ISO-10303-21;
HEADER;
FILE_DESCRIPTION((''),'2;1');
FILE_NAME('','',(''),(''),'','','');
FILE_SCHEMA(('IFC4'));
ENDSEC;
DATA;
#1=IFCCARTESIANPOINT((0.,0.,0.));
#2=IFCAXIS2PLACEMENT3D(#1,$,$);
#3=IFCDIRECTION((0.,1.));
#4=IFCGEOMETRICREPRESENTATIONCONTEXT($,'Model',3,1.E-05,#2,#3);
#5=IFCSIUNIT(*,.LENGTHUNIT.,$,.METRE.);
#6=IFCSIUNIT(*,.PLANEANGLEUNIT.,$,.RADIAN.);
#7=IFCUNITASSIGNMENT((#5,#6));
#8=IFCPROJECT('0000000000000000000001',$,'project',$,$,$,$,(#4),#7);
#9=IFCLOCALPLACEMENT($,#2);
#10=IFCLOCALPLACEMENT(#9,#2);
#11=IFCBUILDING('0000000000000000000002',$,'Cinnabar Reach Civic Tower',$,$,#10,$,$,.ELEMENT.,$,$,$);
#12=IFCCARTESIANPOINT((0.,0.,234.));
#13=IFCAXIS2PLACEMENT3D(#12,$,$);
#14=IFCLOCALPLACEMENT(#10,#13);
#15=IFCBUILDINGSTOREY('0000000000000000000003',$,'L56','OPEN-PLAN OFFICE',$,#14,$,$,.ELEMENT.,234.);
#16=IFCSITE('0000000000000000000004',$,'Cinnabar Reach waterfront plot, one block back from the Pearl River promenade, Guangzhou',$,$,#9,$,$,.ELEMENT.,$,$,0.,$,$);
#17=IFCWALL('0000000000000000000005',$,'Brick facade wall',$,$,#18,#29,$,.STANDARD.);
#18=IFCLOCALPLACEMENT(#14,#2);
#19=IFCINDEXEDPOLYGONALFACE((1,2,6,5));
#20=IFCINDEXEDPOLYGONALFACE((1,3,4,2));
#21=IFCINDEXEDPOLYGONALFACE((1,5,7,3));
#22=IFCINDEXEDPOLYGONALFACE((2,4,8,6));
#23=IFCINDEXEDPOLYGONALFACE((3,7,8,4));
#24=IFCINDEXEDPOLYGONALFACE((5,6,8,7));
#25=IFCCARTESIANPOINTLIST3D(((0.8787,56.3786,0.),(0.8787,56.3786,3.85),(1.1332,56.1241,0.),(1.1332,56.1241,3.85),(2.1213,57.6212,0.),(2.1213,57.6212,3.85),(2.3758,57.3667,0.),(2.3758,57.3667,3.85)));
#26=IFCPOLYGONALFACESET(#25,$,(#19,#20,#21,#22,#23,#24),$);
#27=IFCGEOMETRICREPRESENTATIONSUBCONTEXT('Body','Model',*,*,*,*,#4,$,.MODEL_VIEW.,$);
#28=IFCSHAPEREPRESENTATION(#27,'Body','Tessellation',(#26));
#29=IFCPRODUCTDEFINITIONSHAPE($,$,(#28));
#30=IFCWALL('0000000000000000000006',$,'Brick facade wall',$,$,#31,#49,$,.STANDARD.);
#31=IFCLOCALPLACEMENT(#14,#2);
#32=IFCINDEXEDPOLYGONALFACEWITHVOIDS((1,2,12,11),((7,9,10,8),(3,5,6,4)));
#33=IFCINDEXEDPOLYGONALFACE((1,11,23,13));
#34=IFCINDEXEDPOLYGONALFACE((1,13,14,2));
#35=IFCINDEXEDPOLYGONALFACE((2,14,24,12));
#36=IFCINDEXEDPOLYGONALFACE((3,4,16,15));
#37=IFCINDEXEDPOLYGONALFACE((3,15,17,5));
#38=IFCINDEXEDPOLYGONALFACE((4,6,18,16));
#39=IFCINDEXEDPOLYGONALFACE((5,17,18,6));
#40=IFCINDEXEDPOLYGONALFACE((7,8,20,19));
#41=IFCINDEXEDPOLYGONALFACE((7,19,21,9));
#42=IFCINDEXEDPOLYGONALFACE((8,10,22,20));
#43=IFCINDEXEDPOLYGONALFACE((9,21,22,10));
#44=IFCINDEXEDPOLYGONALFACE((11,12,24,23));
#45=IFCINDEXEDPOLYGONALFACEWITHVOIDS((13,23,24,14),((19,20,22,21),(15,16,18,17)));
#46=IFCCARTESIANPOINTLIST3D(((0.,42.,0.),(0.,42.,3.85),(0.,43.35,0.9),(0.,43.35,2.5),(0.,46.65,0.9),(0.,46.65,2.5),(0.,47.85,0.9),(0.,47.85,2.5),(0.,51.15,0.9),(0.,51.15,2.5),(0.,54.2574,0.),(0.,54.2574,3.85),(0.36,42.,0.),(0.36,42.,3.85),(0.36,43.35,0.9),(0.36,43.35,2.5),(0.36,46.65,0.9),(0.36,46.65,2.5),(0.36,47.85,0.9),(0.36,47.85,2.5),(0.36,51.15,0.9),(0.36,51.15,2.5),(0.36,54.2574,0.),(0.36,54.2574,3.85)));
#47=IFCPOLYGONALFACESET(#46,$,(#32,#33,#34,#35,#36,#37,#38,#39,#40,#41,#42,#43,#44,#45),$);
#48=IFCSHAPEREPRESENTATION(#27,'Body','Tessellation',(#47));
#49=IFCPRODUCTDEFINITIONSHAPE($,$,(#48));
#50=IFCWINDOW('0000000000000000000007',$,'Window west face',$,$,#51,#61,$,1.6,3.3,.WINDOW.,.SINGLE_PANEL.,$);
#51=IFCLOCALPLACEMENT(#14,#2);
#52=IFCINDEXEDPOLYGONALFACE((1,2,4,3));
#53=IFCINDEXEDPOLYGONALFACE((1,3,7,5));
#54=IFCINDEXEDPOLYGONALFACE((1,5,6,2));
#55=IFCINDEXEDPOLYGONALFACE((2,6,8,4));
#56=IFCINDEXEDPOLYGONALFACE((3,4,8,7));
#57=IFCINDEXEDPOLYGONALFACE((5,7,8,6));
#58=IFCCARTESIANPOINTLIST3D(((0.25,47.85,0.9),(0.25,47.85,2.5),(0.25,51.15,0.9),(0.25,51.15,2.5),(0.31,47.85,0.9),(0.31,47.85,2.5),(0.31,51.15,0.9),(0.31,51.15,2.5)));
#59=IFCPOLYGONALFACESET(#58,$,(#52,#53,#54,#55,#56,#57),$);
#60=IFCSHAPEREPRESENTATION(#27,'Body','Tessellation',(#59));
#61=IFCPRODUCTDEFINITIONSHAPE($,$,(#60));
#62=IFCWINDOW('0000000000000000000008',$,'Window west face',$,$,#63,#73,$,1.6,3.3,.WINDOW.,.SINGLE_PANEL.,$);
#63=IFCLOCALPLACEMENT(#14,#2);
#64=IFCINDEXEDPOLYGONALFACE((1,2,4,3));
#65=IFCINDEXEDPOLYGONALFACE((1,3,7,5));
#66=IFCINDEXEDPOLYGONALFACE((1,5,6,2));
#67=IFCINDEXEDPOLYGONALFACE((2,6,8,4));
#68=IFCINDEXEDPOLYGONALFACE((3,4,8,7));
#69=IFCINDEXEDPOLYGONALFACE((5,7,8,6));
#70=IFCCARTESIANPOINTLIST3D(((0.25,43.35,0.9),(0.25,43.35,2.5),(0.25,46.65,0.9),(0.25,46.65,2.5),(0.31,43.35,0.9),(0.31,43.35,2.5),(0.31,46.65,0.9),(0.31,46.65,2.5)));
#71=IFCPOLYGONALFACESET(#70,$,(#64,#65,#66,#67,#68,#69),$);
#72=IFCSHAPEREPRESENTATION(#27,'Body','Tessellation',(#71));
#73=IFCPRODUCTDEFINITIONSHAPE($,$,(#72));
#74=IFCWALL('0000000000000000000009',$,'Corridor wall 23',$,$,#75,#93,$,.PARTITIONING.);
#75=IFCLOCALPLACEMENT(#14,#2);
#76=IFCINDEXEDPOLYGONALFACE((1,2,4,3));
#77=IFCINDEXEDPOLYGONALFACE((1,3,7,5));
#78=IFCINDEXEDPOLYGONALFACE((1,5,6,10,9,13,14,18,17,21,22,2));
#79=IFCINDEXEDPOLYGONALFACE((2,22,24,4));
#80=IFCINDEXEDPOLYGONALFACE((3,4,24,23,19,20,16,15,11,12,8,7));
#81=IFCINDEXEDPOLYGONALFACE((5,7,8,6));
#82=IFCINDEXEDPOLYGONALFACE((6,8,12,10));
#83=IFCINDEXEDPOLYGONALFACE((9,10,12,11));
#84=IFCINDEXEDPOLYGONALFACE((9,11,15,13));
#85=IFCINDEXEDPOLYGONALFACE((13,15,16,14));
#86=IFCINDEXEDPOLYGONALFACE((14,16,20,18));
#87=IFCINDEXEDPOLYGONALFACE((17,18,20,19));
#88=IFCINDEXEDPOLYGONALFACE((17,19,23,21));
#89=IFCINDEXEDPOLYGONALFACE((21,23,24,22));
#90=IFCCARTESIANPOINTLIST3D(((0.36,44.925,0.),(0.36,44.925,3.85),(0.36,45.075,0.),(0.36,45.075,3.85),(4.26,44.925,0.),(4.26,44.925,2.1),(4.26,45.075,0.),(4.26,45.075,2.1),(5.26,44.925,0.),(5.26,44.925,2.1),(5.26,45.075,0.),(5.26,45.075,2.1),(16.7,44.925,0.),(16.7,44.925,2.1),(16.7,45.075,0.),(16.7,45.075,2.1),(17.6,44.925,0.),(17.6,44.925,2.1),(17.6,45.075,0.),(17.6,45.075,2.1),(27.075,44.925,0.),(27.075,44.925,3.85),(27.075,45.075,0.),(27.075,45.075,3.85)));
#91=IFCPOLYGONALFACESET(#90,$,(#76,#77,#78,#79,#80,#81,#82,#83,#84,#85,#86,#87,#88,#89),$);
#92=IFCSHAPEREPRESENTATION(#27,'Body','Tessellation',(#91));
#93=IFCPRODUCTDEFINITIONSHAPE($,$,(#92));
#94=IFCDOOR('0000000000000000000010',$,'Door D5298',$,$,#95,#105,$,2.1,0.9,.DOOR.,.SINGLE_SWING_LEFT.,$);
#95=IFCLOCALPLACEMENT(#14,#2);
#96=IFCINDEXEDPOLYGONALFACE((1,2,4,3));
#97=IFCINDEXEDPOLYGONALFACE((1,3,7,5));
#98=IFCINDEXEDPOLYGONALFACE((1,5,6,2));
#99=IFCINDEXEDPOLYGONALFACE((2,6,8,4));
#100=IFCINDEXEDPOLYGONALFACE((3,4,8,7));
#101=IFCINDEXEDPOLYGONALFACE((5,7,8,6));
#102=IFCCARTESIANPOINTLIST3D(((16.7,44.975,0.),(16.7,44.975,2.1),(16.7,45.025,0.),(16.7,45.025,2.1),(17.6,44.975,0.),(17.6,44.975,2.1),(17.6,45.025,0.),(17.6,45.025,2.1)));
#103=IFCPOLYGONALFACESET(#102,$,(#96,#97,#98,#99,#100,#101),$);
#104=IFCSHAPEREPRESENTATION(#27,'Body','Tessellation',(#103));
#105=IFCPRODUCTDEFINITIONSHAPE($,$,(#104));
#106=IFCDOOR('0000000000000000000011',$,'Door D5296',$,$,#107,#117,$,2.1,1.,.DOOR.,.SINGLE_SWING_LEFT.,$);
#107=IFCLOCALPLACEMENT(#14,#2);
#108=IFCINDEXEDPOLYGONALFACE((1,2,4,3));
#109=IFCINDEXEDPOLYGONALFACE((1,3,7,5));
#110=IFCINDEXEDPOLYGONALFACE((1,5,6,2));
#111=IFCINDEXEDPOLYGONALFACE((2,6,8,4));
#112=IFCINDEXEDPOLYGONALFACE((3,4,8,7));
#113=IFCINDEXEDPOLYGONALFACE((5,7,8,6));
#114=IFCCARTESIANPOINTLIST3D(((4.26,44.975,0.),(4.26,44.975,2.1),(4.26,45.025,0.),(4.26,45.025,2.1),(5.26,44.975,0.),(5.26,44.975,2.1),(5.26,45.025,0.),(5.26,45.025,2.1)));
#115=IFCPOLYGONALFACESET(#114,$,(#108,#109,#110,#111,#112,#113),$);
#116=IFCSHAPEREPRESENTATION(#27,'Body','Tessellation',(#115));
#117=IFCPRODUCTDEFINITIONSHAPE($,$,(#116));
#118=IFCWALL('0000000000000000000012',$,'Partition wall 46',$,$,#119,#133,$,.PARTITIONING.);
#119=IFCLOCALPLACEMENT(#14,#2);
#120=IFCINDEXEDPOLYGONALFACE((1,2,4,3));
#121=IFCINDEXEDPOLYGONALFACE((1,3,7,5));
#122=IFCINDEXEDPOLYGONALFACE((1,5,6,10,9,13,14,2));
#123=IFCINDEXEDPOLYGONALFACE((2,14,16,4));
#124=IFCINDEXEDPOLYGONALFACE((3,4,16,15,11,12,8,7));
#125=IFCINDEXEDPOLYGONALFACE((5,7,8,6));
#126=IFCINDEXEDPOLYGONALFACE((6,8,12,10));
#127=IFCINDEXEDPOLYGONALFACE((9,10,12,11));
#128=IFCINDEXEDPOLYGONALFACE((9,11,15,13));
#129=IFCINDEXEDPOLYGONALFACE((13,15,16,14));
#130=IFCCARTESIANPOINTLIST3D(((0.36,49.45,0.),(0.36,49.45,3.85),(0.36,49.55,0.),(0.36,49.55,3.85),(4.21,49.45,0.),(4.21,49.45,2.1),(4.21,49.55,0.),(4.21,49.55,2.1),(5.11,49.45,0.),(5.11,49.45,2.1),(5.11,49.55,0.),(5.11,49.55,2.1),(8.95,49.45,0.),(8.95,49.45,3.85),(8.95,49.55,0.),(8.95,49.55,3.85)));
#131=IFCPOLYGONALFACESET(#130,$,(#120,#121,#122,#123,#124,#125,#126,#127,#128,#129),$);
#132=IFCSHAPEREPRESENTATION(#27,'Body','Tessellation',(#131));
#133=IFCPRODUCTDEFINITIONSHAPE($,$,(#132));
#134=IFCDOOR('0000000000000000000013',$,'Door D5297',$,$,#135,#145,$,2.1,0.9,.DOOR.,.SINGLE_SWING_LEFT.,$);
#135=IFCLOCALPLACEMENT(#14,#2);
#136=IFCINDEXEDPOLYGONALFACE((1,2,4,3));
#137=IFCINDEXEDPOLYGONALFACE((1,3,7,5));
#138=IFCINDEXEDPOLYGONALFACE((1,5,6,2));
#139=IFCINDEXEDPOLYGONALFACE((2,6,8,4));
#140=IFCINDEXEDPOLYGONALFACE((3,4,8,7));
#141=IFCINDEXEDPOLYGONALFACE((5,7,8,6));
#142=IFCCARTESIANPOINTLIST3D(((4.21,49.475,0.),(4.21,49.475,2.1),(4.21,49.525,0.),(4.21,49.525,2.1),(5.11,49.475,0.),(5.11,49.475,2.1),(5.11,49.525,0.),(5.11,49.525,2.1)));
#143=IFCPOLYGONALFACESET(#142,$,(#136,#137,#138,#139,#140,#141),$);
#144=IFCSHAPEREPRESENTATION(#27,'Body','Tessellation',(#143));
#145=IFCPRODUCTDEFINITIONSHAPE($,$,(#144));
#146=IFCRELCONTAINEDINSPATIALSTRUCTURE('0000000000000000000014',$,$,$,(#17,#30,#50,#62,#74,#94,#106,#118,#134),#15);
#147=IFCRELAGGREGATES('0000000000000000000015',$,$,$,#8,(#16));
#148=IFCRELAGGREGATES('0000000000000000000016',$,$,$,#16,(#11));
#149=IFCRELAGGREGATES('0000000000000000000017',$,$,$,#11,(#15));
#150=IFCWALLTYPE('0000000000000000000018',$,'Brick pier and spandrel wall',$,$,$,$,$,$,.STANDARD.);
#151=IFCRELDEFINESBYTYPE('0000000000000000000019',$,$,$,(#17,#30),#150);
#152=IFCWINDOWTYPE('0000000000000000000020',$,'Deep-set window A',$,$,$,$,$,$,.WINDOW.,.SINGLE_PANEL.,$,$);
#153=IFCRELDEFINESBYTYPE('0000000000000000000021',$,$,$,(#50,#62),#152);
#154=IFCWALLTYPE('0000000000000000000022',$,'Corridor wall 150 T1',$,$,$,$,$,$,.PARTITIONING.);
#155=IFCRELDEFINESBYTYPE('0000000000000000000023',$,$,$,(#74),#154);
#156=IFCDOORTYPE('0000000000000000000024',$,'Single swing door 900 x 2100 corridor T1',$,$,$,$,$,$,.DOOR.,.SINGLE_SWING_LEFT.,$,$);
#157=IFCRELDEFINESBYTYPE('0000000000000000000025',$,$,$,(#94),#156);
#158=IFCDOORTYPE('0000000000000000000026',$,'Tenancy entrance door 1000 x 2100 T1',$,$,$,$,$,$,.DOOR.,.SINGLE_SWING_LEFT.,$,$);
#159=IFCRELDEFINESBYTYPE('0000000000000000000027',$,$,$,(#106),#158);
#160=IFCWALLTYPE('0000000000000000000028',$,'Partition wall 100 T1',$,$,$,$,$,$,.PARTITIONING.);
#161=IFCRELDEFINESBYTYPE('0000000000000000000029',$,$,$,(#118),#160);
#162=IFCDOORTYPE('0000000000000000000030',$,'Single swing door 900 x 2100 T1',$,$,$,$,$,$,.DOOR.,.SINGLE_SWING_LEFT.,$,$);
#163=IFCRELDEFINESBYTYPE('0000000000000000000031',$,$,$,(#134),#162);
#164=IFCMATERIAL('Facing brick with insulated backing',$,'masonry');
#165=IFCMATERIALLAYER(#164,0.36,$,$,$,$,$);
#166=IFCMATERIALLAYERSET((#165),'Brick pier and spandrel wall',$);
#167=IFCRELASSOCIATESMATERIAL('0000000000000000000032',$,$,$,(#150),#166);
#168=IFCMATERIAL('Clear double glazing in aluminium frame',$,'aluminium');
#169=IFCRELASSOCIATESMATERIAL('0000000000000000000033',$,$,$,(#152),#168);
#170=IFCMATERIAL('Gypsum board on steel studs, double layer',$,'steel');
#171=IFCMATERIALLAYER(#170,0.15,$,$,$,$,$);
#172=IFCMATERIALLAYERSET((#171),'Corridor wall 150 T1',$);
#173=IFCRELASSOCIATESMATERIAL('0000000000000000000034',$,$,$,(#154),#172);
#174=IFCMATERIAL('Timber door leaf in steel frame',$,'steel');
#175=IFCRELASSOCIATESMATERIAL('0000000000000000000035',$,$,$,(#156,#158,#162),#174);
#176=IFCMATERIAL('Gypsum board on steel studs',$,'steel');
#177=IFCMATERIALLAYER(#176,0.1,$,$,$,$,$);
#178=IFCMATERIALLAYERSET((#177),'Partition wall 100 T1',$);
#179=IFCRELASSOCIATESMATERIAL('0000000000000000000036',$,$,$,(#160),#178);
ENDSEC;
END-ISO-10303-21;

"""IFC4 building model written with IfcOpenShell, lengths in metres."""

from ifc_helpers import new_model, si_unit, direction, frame, frame_2d, origin, place, context, subcontext, project, spatial, rectangle, extrude, material, layer, layer_set, type_object, element, fill, save


model = new_model("IFC4")

# Units and contexts
model_context = context("Model", 3, precision=1e-05, world=origin(), true_north=direction((0.0, 1.0)))
body_context = subcontext(model_context, "Body", "Model", "MODEL_VIEW")
ifc_project = project(units=[si_unit("LENGTHUNIT", "METRE"), si_unit("PLANEANGLEUNIT", "RADIAN")], contexts=[model_context])

# Site, building, storey
site_placement = place(None, origin())
site = spatial("IfcSite", under=ifc_project, at=site_placement, Name="Cinnabar Reach waterfront plot, one block back from the Pearl River promenade, Guangzhou", CompositionType="ELEMENT", RefElevation=0.0)
building_placement = place(site_placement, origin())
building = spatial("IfcBuilding", under=site, at=building_placement, Name="Cinnabar Reach Civic Tower", CompositionType="ELEMENT")
storey_placement = place(building_placement, frame((0.0, 0.0, 234.0)))
storey = spatial("IfcBuildingStorey", under=building, at=storey_placement, Name="L56", Description="OPEN-PLAN OFFICE", CompositionType="ELEMENT", Elevation=234.0)

# Wall
ifc_material_1 = material(Name="Facing brick with insulated backing", Category="masonry")
ifc_layer_1 = layer(ifc_material_1, 0.36)
ifc_layer_set_1 = layer_set([ifc_layer_1], Name="Brick pier and spandrel wall")
wall_type_1 = type_object("IfcWallType", Name="Brick pier and spandrel wall", PredefinedType="STANDARD", material=ifc_layer_set_1)
wall_1_placement = place(storey_placement, frame((2.2486, 57.494, 0.0), z_axis=(0.0, 0.0, 1.0), x_axis=(-0.707107, -0.707107, 0.0)))
element("IfcWall", 1, at=wall_1_placement, inside=storey, type_object=wall_type_1, Name="Brick facade wall", PredefinedType="STANDARD", context=body_context, shape_type="SweptSolid", body=[
    extrude(rectangle(XDim=1.7573, YDim=0.36, at=frame_2d((0.8787, 0.0))), origin(), (0.0, 0.0, 1.0), 3.85),
])

# Wall, openings, windows
wall_2_placement = place(storey_placement, frame((0.18, 54.2574, 0.0), z_axis=(0.0, 0.0, 1.0), x_axis=(0.0, -1.0, 0.0)))
wall_2 = element("IfcWall", 2, at=wall_2_placement, inside=storey, type_object=wall_type_1, Name="Brick facade wall", PredefinedType="STANDARD", context=body_context, shape_type="SweptSolid", body=[
    extrude(rectangle(XDim=12.2574, YDim=0.36, at=frame_2d((6.1287, 0.0))), origin(), (0.0, 0.0, 1.0), 3.85),
])
opening_1_placement = place(wall_2_placement, frame((3.1074, 0.0, 0.9)))
opening_1 = element("IfcOpeningElement", 3, at=opening_1_placement, cuts=wall_2, PredefinedType="OPENING", context=body_context, shape_type="SweptSolid", body=[
    extrude(rectangle(XDim=3.3, YDim=1.6, at=frame_2d((1.65, 0.8))), frame((0.0, 0.19, 0.0), z_axis=(0.0, -1.0, 0.0), x_axis=(1.0, 0.0, 0.0)), (0.0, 0.0, 1.0), 0.38),
])
opening_2_placement = place(wall_2_placement, frame((7.6074, 0.0, 0.9)))
opening_2 = element("IfcOpeningElement", 4, at=opening_2_placement, cuts=wall_2, PredefinedType="OPENING", context=body_context, shape_type="SweptSolid", body=[
    extrude(rectangle(XDim=3.3, YDim=1.6, at=frame_2d((1.65, 0.8))), frame((0.0, 0.19, 0.0), z_axis=(0.0, -1.0, 0.0), x_axis=(1.0, 0.0, 0.0)), (0.0, 0.0, 1.0), 0.38),
])
ifc_material_2 = material(Name="Clear double glazing in aluminium frame", Category="aluminium")
window_type = type_object("IfcWindowType", Name="Deep-set window A", PartitioningType="SINGLE_PANEL", PredefinedType="WINDOW", material=ifc_material_2)
window_1_placement = place(opening_1_placement, origin())
window_1 = element("IfcWindow", 5, at=window_1_placement, inside=storey, type_object=window_type, Name="Window west face", OverallHeight=1.6, OverallWidth=3.3, PartitioningType="SINGLE_PANEL", PredefinedType="WINDOW", context=body_context, shape_type="SweptSolid", body=[
    extrude(rectangle(XDim=3.3, YDim=1.6, at=frame_2d((1.65, 0.8))), frame((0.0, 0.13, 0.0), z_axis=(0.0, -1.0, 0.0), x_axis=(1.0, 0.0, 0.0)), (0.0, 0.0, 1.0), 0.06),
])
fill(opening_1, window_1)
window_2_placement = place(opening_2_placement, origin())
window_2 = element("IfcWindow", 6, at=window_2_placement, inside=storey, type_object=window_type, Name="Window west face", OverallHeight=1.6, OverallWidth=3.3, PartitioningType="SINGLE_PANEL", PredefinedType="WINDOW", context=body_context, shape_type="SweptSolid", body=[
    extrude(rectangle(XDim=3.3, YDim=1.6, at=frame_2d((1.65, 0.8))), frame((0.0, 0.13, 0.0), z_axis=(0.0, -1.0, 0.0), x_axis=(1.0, 0.0, 0.0)), (0.0, 0.0, 1.0), 0.06),
])
fill(opening_2, window_2)

# Wall, openings, doors
ifc_material_3 = material(Name="Gypsum board on steel studs, double layer", Category="steel")
ifc_layer_2 = layer(ifc_material_3, 0.15)
ifc_layer_set_2 = layer_set([ifc_layer_2], Name="Corridor wall 150 T1")
wall_type_2 = type_object("IfcWallType", Name="Corridor wall 150 T1", PredefinedType="PARTITIONING", material=ifc_layer_set_2)
wall_3_placement = place(storey_placement, frame((0.36, 45.0, 0.0), z_axis=(0.0, 0.0, 1.0), x_axis=(1.0, 0.0, 0.0)))
wall_3 = element("IfcWall", 7, at=wall_3_placement, inside=storey, type_object=wall_type_2, Name="Corridor wall 23", PredefinedType="PARTITIONING", context=body_context, shape_type="SweptSolid", body=[
    extrude(rectangle(XDim=26.715, YDim=0.15, at=frame_2d((13.3575, 0.0))), origin(), (0.0, 0.0, 1.0), 3.85),
])
opening_3_placement = place(wall_3_placement, frame((3.9, 0.0, 0.0)))
opening_3 = element("IfcOpeningElement", 8, at=opening_3_placement, cuts=wall_3, PredefinedType="OPENING", context=body_context, shape_type="SweptSolid", body=[
    extrude(rectangle(XDim=1.0, YDim=2.1, at=frame_2d((0.5, 1.05))), frame((0.0, 0.085, 0.0), z_axis=(0.0, -1.0, 0.0), x_axis=(1.0, 0.0, 0.0)), (0.0, 0.0, 1.0), 0.17),
])
opening_4_placement = place(wall_3_placement, frame((16.34, 0.0, 0.0)))
opening_4 = element("IfcOpeningElement", 9, at=opening_4_placement, cuts=wall_3, PredefinedType="OPENING", context=body_context, shape_type="SweptSolid", body=[
    extrude(rectangle(XDim=0.9, YDim=2.1, at=frame_2d((0.45, 1.05))), frame((0.0, 0.085, 0.0), z_axis=(0.0, -1.0, 0.0), x_axis=(1.0, 0.0, 0.0)), (0.0, 0.0, 1.0), 0.17),
])
ifc_material_4 = material(Name="Timber door leaf in steel frame", Category="steel")
door_type_1 = type_object("IfcDoorType", Name="Single swing door 900 x 2100 corridor T1", OperationType="SINGLE_SWING_LEFT", PredefinedType="DOOR", material=ifc_material_4)
door_1_placement = place(opening_4_placement, origin())
door_1 = element("IfcDoor", 10, at=door_1_placement, inside=storey, type_object=door_type_1, Name="Door D5298", OperationType="SINGLE_SWING_LEFT", OverallHeight=2.1, OverallWidth=0.9, PredefinedType="DOOR", context=body_context, shape_type="SweptSolid", body=[
    extrude(rectangle(XDim=0.9, YDim=2.1, at=frame_2d((0.45, 1.05))), frame((0.0, 0.025, 0.0), z_axis=(0.0, -1.0, 0.0), x_axis=(1.0, 0.0, 0.0)), (0.0, 0.0, 1.0), 0.05),
])
fill(opening_4, door_1)
door_type_2 = type_object("IfcDoorType", Name="Tenancy entrance door 1000 x 2100 T1", OperationType="SINGLE_SWING_LEFT", PredefinedType="DOOR", material=ifc_material_4)
door_2_placement = place(opening_3_placement, origin())
door_2 = element("IfcDoor", 11, at=door_2_placement, inside=storey, type_object=door_type_2, Name="Door D5296", OperationType="SINGLE_SWING_LEFT", OverallHeight=2.1, OverallWidth=1.0, PredefinedType="DOOR", context=body_context, shape_type="SweptSolid", body=[
    extrude(rectangle(XDim=1.0, YDim=2.1, at=frame_2d((0.5, 1.05))), frame((0.0, 0.025, 0.0), z_axis=(0.0, -1.0, 0.0), x_axis=(1.0, 0.0, 0.0)), (0.0, 0.0, 1.0), 0.05),
])
fill(opening_3, door_2)

# Wall, opening, door
ifc_material_5 = material(Name="Gypsum board on steel studs", Category="steel")
ifc_layer_3 = layer(ifc_material_5, 0.1)
ifc_layer_set_3 = layer_set([ifc_layer_3], Name="Partition wall 100 T1")
wall_type_3 = type_object("IfcWallType", Name="Partition wall 100 T1", PredefinedType="PARTITIONING", material=ifc_layer_set_3)
wall_4_placement = place(storey_placement, frame((0.36, 49.5, 0.0), z_axis=(0.0, 0.0, 1.0), x_axis=(1.0, 0.0, 0.0)))
wall_4 = element("IfcWall", 12, at=wall_4_placement, inside=storey, type_object=wall_type_3, Name="Partition wall 46", PredefinedType="PARTITIONING", context=body_context, shape_type="SweptSolid", body=[
    extrude(rectangle(XDim=8.59, YDim=0.1, at=frame_2d((4.295, 0.0))), origin(), (0.0, 0.0, 1.0), 3.85),
])
opening_5_placement = place(wall_4_placement, frame((3.85, 0.0, 0.0)))
opening_5 = element("IfcOpeningElement", 13, at=opening_5_placement, cuts=wall_4, PredefinedType="OPENING", context=body_context, shape_type="SweptSolid", body=[
    extrude(rectangle(XDim=0.9, YDim=2.1, at=frame_2d((0.45, 1.05))), frame((0.0, 0.06, 0.0), z_axis=(0.0, -1.0, 0.0), x_axis=(1.0, 0.0, 0.0)), (0.0, 0.0, 1.0), 0.12),
])
door_type_3 = type_object("IfcDoorType", Name="Single swing door 900 x 2100 T1", OperationType="SINGLE_SWING_LEFT", PredefinedType="DOOR", material=ifc_material_4)
door_3_placement = place(opening_5_placement, frame((0.9, 0.0, 0.0), z_axis=(0.0, 0.0, 1.0), x_axis=(-1.0, 0.0, 0.0)))
door_3 = element("IfcDoor", 14, at=door_3_placement, inside=storey, type_object=door_type_3, Name="Door D5297", OperationType="SINGLE_SWING_LEFT", OverallHeight=2.1, OverallWidth=0.9, PredefinedType="DOOR", context=body_context, shape_type="SweptSolid", body=[
    extrude(rectangle(XDim=0.9, YDim=2.1, at=frame_2d((0.45, 1.05))), frame((0.0, 0.025, 0.0), z_axis=(0.0, -1.0, 0.0), x_axis=(1.0, 0.0, 0.0)), (0.0, 0.0, 1.0), 0.05),
])
fill(opening_5, door_3)

save(model, "model.ifc")
